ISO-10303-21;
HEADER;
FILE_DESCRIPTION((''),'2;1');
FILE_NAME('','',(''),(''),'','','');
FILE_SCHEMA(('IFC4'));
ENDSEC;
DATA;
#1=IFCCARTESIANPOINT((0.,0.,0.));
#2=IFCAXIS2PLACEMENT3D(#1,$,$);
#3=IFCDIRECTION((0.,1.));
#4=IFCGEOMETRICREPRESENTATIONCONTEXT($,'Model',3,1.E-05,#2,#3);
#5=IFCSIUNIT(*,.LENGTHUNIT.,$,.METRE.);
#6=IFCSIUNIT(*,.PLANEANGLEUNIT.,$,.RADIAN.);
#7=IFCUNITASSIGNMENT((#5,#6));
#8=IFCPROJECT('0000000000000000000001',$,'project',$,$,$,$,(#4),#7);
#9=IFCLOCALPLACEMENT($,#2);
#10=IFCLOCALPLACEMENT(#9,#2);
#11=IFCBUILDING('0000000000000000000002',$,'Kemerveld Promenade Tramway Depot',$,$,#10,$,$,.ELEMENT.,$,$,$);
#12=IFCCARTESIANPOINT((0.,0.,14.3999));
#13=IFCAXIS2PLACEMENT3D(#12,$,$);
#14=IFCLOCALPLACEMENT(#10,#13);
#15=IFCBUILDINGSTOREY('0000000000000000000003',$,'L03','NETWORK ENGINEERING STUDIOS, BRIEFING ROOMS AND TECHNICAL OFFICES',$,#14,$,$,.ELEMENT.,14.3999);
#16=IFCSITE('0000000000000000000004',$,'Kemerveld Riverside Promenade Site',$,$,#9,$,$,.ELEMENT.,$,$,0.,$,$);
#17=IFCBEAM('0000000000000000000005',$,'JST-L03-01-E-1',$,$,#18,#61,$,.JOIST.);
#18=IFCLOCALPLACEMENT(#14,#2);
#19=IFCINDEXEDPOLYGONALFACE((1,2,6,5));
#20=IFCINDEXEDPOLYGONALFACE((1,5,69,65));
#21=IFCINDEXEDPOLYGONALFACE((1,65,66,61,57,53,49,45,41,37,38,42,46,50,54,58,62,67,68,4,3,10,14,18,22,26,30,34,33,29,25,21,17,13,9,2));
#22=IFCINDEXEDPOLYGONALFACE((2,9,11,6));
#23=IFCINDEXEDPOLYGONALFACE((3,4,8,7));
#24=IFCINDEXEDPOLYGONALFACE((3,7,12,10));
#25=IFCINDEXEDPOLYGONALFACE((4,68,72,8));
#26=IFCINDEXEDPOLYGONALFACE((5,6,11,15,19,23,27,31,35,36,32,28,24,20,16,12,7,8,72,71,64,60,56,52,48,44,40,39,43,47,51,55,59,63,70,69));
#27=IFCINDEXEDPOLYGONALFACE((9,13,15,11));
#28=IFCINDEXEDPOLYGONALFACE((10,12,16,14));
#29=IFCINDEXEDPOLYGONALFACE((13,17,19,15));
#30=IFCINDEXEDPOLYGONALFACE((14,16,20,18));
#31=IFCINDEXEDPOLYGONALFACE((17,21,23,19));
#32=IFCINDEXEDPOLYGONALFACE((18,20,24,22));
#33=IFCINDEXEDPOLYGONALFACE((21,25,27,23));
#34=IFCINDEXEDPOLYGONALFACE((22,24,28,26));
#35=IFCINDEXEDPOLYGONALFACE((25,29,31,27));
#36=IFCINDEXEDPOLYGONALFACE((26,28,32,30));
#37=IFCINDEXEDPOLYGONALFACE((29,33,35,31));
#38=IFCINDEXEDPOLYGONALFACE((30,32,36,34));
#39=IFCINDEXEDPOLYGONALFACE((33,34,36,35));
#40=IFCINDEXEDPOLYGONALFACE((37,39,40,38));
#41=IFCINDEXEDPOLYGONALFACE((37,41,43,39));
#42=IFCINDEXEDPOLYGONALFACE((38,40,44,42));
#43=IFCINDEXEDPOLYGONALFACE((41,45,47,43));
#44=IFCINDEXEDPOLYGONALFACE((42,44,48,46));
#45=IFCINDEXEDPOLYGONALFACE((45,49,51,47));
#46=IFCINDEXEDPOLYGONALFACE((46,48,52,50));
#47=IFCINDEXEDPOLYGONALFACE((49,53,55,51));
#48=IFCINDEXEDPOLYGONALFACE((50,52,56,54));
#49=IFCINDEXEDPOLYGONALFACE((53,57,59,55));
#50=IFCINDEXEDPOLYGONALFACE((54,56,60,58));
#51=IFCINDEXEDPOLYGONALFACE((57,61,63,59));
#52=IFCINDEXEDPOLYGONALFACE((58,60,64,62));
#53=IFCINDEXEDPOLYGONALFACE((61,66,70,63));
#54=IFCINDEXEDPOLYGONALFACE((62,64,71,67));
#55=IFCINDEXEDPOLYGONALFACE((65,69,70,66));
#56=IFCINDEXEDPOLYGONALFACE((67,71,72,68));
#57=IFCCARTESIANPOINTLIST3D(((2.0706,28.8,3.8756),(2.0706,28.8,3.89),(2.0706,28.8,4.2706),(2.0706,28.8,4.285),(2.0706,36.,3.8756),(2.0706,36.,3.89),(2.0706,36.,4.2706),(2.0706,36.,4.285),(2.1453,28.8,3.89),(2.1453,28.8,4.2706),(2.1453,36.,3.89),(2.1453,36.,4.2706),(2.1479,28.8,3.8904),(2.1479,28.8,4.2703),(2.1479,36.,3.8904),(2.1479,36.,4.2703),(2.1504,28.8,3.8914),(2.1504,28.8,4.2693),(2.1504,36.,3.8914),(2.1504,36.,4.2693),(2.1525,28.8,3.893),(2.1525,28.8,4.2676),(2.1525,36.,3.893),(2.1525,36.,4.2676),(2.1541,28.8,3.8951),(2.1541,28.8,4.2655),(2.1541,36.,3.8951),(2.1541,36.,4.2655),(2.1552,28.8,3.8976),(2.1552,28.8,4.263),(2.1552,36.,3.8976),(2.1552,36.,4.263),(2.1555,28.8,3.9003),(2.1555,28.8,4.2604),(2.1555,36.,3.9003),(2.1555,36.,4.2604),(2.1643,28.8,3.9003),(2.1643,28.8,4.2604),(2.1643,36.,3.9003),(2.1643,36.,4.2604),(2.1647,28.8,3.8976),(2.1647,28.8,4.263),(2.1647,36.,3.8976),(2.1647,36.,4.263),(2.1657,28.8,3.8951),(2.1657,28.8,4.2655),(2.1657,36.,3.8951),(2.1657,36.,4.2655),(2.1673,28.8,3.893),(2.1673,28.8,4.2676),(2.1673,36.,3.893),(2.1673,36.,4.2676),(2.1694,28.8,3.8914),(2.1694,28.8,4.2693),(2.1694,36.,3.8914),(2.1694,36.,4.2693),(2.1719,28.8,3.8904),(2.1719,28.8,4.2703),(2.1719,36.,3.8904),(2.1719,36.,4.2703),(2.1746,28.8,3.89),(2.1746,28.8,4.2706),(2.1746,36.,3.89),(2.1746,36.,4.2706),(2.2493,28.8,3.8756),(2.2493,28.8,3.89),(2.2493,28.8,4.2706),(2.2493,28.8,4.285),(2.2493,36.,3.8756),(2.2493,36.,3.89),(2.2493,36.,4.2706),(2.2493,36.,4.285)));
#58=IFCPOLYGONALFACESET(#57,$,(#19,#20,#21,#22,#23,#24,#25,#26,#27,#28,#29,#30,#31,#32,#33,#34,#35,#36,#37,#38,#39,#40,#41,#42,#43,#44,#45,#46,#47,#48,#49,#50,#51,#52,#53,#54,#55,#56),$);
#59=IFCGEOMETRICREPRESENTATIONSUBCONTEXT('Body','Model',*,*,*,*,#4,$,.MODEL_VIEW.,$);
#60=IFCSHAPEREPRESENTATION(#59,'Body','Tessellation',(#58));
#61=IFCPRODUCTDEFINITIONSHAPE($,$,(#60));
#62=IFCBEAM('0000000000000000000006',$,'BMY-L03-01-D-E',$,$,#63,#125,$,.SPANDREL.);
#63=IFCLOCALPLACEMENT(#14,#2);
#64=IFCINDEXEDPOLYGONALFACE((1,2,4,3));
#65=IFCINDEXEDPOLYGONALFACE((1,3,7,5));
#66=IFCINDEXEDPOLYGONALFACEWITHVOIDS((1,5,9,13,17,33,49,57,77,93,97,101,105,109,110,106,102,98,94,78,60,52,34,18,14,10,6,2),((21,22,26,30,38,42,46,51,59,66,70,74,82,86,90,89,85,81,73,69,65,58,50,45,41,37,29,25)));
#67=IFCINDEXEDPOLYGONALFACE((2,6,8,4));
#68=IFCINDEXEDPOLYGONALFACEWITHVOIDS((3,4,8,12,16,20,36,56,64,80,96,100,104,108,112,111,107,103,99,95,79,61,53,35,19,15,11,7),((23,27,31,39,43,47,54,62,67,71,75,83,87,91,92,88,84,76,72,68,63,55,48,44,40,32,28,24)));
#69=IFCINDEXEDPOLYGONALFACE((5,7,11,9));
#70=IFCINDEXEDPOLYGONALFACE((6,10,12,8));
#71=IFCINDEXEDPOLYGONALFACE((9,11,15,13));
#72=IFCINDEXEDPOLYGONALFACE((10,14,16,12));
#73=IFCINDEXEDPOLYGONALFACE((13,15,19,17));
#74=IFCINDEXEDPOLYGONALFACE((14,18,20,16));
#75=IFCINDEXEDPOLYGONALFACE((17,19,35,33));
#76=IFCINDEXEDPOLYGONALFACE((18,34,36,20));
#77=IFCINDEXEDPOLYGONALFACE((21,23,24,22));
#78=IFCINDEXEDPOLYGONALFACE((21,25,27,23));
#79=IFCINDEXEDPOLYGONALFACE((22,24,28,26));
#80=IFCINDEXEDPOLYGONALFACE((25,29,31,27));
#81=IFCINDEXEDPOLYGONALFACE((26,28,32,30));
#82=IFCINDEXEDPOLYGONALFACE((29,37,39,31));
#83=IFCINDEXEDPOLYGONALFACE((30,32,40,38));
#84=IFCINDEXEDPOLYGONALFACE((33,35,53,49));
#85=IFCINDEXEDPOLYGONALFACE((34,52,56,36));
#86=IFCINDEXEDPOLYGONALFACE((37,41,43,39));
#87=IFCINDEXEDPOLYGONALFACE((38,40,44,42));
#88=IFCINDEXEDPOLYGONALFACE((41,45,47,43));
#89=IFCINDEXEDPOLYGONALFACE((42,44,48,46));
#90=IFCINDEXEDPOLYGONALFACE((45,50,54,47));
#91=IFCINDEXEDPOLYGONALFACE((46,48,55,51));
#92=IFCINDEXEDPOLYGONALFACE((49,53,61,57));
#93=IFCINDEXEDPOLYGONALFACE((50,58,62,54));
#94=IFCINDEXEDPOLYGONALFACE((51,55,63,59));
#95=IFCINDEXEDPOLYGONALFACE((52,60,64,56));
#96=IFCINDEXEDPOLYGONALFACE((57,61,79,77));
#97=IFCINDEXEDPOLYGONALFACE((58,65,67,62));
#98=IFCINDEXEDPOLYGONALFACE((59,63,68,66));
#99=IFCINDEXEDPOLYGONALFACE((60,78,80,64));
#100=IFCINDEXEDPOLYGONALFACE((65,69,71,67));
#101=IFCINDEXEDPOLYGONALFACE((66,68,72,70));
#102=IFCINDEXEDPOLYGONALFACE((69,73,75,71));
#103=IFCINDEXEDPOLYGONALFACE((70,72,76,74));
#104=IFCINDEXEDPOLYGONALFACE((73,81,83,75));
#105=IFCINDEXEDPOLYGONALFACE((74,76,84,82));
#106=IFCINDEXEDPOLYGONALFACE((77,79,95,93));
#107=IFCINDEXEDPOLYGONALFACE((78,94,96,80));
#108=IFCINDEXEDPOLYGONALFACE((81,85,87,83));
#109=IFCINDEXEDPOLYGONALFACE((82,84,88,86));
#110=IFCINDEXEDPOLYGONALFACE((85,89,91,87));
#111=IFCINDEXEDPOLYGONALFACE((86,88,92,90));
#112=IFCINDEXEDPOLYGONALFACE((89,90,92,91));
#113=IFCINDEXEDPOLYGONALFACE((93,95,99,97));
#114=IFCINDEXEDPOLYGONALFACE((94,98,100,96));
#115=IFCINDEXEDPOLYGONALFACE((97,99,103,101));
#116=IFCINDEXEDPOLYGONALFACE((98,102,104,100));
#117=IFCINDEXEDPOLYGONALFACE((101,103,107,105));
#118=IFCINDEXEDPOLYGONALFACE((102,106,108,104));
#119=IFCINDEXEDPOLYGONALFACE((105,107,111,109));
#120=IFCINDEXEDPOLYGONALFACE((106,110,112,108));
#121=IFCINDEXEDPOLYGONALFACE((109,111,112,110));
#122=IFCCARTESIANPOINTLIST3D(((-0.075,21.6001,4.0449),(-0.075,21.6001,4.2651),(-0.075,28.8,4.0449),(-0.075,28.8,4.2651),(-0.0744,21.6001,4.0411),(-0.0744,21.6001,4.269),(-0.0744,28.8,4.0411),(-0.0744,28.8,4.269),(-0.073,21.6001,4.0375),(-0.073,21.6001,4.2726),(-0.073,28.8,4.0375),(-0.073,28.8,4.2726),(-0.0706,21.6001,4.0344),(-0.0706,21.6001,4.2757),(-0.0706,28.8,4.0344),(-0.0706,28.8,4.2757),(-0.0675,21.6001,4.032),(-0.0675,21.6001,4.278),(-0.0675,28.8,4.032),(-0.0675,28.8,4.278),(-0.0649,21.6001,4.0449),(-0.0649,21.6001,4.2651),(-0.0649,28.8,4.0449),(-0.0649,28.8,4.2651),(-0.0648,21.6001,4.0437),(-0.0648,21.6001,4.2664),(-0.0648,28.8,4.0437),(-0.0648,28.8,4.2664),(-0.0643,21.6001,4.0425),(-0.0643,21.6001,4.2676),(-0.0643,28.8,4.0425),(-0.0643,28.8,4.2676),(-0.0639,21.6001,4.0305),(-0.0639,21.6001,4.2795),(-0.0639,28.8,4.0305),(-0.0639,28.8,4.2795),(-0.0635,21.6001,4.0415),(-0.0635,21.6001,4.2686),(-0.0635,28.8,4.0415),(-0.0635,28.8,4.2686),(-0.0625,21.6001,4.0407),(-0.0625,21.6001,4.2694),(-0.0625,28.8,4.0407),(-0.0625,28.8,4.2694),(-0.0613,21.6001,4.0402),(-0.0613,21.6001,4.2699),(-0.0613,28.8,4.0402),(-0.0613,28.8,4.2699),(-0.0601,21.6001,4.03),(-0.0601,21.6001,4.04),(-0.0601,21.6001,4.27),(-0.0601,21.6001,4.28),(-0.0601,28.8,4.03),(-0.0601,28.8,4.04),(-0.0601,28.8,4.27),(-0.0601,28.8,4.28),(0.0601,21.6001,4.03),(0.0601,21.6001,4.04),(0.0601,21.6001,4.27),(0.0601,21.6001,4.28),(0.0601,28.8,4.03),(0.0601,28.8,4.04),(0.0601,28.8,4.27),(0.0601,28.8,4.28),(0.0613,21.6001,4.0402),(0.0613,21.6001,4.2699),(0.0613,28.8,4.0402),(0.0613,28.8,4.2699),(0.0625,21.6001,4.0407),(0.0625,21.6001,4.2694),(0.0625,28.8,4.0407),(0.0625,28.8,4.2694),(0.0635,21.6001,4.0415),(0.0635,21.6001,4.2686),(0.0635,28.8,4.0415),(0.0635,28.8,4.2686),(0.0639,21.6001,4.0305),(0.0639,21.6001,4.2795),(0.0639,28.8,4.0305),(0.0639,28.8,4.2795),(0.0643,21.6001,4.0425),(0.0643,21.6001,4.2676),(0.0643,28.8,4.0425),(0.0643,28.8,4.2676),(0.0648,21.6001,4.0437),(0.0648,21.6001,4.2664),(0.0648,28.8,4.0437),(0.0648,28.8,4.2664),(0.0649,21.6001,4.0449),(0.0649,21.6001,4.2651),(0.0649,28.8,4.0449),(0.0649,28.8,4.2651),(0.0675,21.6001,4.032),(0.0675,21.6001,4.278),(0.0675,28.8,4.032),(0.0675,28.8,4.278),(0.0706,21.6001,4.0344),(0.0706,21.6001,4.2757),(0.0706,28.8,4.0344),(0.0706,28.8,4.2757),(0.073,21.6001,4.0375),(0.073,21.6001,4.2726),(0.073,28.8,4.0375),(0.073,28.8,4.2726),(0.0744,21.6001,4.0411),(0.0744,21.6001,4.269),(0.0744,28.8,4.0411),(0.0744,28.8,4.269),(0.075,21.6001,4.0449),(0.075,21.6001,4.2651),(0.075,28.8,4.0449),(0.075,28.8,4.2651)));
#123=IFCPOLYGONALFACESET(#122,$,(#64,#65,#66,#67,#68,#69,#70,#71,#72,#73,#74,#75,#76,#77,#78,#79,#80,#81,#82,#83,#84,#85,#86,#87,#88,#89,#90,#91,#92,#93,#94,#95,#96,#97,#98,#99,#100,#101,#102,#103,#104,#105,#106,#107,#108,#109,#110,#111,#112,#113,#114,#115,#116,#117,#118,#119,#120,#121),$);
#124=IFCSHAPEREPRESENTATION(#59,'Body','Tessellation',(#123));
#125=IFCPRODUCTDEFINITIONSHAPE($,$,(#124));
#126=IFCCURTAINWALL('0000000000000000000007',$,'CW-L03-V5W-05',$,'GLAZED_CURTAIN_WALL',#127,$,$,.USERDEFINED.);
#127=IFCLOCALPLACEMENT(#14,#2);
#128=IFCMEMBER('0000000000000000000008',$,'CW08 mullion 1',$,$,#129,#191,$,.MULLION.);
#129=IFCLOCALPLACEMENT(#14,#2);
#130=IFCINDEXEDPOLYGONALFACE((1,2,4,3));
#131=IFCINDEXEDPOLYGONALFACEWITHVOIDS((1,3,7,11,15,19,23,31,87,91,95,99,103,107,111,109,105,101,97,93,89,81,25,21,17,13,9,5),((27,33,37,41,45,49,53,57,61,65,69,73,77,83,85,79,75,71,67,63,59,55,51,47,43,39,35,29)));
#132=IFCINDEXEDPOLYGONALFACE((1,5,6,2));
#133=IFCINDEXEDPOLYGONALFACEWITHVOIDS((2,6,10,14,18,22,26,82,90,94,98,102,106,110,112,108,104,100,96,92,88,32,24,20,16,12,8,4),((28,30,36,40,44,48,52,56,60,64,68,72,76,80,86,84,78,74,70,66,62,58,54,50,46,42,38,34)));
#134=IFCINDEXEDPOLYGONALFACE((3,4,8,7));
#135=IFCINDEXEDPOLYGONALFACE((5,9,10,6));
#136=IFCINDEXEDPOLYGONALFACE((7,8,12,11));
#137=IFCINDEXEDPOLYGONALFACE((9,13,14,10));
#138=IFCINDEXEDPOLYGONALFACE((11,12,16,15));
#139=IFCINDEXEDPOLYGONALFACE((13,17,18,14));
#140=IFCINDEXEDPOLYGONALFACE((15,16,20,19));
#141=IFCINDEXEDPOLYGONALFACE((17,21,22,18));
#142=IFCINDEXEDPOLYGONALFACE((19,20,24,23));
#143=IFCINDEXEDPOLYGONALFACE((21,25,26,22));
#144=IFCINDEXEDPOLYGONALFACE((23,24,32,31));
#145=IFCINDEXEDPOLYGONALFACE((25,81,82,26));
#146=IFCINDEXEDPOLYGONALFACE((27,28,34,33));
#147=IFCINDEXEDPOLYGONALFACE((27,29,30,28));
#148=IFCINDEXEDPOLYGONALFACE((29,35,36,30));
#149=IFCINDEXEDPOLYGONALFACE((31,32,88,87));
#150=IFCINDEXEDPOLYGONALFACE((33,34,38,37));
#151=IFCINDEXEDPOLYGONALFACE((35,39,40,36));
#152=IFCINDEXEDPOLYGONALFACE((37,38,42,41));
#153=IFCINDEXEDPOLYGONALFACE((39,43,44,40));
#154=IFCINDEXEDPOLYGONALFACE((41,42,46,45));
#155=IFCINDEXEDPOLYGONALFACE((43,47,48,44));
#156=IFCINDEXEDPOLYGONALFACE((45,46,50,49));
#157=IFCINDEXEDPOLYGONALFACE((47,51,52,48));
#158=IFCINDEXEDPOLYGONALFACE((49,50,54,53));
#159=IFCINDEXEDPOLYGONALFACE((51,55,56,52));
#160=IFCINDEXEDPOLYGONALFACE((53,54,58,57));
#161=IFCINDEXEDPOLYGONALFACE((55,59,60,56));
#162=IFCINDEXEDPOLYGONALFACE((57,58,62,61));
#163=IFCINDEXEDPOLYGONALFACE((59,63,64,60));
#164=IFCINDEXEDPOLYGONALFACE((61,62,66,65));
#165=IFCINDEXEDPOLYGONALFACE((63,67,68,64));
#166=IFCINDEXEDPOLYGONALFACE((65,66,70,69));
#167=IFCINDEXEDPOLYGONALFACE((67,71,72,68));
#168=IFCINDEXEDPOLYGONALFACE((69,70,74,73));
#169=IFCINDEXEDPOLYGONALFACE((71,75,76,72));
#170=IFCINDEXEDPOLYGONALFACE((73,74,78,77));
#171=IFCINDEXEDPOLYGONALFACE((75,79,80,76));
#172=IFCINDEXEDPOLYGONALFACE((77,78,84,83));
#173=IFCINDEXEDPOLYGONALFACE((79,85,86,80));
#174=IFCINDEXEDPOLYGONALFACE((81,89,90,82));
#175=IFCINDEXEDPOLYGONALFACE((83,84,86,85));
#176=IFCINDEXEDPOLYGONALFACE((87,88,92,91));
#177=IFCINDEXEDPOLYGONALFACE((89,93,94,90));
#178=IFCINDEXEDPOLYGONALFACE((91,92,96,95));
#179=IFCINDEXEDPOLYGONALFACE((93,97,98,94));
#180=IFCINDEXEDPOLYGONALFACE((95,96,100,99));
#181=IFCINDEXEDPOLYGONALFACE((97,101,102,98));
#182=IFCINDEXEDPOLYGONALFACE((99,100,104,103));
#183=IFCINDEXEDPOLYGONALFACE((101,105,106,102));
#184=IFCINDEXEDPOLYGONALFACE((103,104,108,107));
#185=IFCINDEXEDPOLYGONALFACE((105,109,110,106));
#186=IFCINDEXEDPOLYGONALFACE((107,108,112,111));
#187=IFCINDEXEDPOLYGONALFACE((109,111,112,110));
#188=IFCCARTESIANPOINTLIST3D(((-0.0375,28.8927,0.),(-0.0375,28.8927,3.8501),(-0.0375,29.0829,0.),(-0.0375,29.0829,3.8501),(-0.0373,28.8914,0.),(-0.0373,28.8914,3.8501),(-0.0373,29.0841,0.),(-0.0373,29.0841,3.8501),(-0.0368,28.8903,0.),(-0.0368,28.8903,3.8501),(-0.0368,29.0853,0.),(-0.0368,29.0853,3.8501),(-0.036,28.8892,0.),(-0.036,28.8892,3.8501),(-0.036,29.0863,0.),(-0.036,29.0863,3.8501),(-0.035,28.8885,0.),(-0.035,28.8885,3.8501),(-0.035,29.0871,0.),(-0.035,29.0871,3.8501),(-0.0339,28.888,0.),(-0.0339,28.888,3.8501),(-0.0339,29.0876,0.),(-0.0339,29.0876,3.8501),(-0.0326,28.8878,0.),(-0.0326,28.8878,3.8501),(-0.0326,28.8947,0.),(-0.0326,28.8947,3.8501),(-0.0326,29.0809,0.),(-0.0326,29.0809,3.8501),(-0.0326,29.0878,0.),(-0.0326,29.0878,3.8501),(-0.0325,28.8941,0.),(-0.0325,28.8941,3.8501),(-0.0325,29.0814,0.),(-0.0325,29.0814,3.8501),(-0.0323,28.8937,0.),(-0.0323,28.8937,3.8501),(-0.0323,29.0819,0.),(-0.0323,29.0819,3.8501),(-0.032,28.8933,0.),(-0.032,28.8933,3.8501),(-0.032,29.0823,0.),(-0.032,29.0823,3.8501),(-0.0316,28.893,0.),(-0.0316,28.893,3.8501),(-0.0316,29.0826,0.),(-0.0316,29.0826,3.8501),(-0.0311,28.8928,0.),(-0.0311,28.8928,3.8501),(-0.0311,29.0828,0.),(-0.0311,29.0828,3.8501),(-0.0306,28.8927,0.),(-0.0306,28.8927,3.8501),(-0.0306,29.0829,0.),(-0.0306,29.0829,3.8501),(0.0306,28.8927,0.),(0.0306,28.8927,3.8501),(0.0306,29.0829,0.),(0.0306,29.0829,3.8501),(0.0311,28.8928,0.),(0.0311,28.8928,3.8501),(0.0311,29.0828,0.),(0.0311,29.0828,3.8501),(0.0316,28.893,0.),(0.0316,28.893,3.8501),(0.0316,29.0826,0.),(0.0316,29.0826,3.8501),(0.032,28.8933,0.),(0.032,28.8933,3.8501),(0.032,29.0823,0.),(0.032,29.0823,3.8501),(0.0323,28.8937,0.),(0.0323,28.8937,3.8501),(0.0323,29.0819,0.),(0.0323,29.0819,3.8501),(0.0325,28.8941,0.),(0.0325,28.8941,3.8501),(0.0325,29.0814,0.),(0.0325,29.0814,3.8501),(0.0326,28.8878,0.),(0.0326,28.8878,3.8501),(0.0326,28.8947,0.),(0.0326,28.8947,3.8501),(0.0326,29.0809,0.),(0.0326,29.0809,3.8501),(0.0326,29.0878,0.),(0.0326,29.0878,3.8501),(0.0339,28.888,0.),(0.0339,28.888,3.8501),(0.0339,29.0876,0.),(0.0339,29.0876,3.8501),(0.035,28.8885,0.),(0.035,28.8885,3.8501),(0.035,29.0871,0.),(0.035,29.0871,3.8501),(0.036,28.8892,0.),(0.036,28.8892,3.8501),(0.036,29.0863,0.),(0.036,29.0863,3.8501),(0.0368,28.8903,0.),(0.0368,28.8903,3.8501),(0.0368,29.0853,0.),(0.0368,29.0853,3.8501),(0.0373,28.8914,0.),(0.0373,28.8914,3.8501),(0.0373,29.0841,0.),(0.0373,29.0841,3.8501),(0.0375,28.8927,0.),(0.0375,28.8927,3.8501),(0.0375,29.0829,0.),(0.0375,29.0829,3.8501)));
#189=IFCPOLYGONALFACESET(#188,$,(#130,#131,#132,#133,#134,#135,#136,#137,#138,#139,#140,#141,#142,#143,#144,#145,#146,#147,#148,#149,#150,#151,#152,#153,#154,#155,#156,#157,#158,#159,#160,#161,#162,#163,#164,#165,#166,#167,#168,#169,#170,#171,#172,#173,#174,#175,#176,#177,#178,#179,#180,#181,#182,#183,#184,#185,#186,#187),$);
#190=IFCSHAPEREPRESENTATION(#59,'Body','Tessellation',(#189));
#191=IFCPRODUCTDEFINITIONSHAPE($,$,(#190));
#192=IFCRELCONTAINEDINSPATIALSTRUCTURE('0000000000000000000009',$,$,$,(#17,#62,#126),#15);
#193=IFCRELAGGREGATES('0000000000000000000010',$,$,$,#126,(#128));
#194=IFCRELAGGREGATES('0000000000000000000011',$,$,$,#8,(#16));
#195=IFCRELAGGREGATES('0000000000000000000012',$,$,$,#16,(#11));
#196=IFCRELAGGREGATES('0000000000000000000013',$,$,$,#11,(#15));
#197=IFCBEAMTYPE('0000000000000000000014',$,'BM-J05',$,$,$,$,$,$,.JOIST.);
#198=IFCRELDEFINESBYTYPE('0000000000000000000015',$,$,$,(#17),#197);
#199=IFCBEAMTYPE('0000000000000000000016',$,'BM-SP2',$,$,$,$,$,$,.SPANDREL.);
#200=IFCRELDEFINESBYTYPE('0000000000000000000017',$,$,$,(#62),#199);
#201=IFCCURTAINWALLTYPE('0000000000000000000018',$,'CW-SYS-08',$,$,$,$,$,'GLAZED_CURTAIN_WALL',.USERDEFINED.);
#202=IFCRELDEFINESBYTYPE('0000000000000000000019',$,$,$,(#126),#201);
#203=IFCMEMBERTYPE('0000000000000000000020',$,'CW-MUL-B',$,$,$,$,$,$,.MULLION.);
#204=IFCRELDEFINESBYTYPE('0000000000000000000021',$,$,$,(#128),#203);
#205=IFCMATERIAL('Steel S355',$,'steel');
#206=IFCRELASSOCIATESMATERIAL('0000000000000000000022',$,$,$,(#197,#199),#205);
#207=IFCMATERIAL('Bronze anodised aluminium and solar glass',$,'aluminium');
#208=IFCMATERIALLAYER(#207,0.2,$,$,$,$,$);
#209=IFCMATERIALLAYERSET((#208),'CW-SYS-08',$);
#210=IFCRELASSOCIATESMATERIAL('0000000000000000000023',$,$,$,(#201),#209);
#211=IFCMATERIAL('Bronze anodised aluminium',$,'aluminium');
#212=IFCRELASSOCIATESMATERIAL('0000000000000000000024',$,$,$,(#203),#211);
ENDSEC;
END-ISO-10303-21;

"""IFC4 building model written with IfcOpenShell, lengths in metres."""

from ifc_helpers import new_model, si_unit, direction, frame, origin, origin_2d, place, context, subcontext, project, spatial, hollow_rectangle, i_section, extrude, material, layer, layer_set, material_profile, profile_set, type_object, element, aggregate, save


model = new_model("IFC4")

# Units and contexts
model_context = context("Model", 3, precision=1e-05, world=origin(), true_north=direction((0.0, 1.0)))
body_context = subcontext(model_context, "Body", "Model", "MODEL_VIEW")
ifc_project = project(units=[si_unit("LENGTHUNIT", "METRE"), si_unit("PLANEANGLEUNIT", "RADIAN")], contexts=[model_context])

# Site, building, storey
site_placement = place(None, origin())
site = spatial("IfcSite", under=ifc_project, at=site_placement, Name="Kemerveld Riverside Promenade Site", CompositionType="ELEMENT", RefElevation=0.0)
building_placement = place(site_placement, origin())
building = spatial("IfcBuilding", under=site, at=building_placement, Name="Kemerveld Promenade Tramway Depot", CompositionType="ELEMENT")
storey_placement = place(building_placement, frame((0.0, 0.0, 14.3999)))
storey = spatial("IfcBuildingStorey", under=building, at=storey_placement, Name="L03", Description="NETWORK ENGINEERING STUDIOS, BRIEFING ROOMS AND TECHNICAL OFFICES", CompositionType="ELEMENT", Elevation=14.3999)

# Shared definitions
ifc_material_1 = material(Name="Steel S355", Category="steel")

# Beams
ifc_material_profile_1 = material_profile(ifc_material_1, i_section(OverallWidth=0.1787, OverallDepth=0.4094, WebThickness=0.0088, FlangeThickness=0.0144, FilletRadius=0.0103, at=origin_2d()), Name="406x178x67 UB")
ifc_profile_set_1 = profile_set([ifc_material_profile_1], Name="Steel S355")
beam_type_1 = type_object("IfcBeamType", Name="BM-J05", PredefinedType="JOIST", material=ifc_profile_set_1)
beam_1_placement = place(storey_placement, frame((2.1599, 28.8, 4.0803), z_axis=(0.0, 1.0, 0.0), x_axis=(-1.0, 0.0, 0.0)))
element("IfcBeam", 1, at=beam_1_placement, inside=storey, type_object=beam_type_1, Name="JST-L03-01-E-1", PredefinedType="JOIST", context=body_context, shape_type="SweptSolid", body=[
    extrude(i_section(OverallWidth=0.1787, OverallDepth=0.4094, WebThickness=0.0088, FlangeThickness=0.0144, FilletRadius=0.0103, at=origin_2d()), origin(), (0.0, 0.0, 1.0), 7.2),
])
ifc_material_profile_2 = material_profile(ifc_material_1, hollow_rectangle(XDim=0.1499, YDim=0.25, WallThickness=0.01, InnerFilletRadius=0.0049, OuterFilletRadius=0.0149, at=origin_2d()), Name="250x150x10.0 RHS")
ifc_profile_set_2 = profile_set([ifc_material_profile_2], Name="Steel S355")
beam_type_2 = type_object("IfcBeamType", Name="BM-SP2", PredefinedType="SPANDREL", material=ifc_profile_set_2)
beam_2_placement = place(storey_placement, frame((0.0, 21.6001, 4.155), z_axis=(0.0, 1.0, 0.0), x_axis=(-1.0, 0.0, 0.0)))
element("IfcBeam", 2, at=beam_2_placement, inside=storey, type_object=beam_type_2, Name="BMY-L03-01-D-E", PredefinedType="SPANDREL", context=body_context, shape_type="SweptSolid", body=[
    extrude(hollow_rectangle(XDim=0.1499, YDim=0.25, WallThickness=0.01, InnerFilletRadius=0.0049, OuterFilletRadius=0.0149, at=origin_2d()), origin(), (0.0, 0.0, 1.0), 7.2),
])

# Curtain wall, member
ifc_material_2 = material(Name="Bronze anodised aluminium and solar glass", Category="aluminium")
ifc_layer_1 = layer(ifc_material_2, 0.2)
ifc_layer_set_1 = layer_set([ifc_layer_1], Name="CW-SYS-08")
curtain_wall_type = type_object("IfcCurtainWallType", Name="CW-SYS-08", ElementType="GLAZED_CURTAIN_WALL", PredefinedType="USERDEFINED", material=ifc_layer_set_1)
curtain_wall_placement = place(storey_placement, origin())
curtain_wall = element("IfcCurtainWall", 3, at=curtain_wall_placement, inside=storey, type_object=curtain_wall_type, Name="CW-L03-V5W-05", ObjectType="GLAZED_CURTAIN_WALL", PredefinedType="USERDEFINED")
ifc_material_3 = material(Name="Bronze anodised aluminium", Category="aluminium")
ifc_material_profile_3 = material_profile(ifc_material_3, hollow_rectangle(XDim=0.075, YDim=0.2, WallThickness=0.0049, InnerFilletRadius=0.002, OuterFilletRadius=0.0049, at=origin_2d()), Name="CW-MUL-200x75")
ifc_profile_set_3 = profile_set([ifc_material_profile_3], Name="Bronze anodised aluminium")
member_type_1 = type_object("IfcMemberType", Name="CW-MUL-B", PredefinedType="MULLION", material=ifc_profile_set_3)
member_1_placement = place(storey_placement, frame((0.0, 28.9878, 0.0), z_axis=(0.0, 0.0, 1.0), x_axis=(-1.0, 0.0, 0.0)))
member_1 = element("IfcMember", 4, at=member_1_placement, type_object=member_type_1, Name="CW08 mullion 1", PredefinedType="MULLION", context=body_context, shape_type="SweptSolid", body=[
    extrude(hollow_rectangle(XDim=0.075, YDim=0.2, WallThickness=0.0049, InnerFilletRadius=0.002, OuterFilletRadius=0.0049, at=origin_2d()), origin(), (0.0, 0.0, 1.0), 3.8501),
])
aggregate(curtain_wall, [member_1])

save(model, "model.ifc")
